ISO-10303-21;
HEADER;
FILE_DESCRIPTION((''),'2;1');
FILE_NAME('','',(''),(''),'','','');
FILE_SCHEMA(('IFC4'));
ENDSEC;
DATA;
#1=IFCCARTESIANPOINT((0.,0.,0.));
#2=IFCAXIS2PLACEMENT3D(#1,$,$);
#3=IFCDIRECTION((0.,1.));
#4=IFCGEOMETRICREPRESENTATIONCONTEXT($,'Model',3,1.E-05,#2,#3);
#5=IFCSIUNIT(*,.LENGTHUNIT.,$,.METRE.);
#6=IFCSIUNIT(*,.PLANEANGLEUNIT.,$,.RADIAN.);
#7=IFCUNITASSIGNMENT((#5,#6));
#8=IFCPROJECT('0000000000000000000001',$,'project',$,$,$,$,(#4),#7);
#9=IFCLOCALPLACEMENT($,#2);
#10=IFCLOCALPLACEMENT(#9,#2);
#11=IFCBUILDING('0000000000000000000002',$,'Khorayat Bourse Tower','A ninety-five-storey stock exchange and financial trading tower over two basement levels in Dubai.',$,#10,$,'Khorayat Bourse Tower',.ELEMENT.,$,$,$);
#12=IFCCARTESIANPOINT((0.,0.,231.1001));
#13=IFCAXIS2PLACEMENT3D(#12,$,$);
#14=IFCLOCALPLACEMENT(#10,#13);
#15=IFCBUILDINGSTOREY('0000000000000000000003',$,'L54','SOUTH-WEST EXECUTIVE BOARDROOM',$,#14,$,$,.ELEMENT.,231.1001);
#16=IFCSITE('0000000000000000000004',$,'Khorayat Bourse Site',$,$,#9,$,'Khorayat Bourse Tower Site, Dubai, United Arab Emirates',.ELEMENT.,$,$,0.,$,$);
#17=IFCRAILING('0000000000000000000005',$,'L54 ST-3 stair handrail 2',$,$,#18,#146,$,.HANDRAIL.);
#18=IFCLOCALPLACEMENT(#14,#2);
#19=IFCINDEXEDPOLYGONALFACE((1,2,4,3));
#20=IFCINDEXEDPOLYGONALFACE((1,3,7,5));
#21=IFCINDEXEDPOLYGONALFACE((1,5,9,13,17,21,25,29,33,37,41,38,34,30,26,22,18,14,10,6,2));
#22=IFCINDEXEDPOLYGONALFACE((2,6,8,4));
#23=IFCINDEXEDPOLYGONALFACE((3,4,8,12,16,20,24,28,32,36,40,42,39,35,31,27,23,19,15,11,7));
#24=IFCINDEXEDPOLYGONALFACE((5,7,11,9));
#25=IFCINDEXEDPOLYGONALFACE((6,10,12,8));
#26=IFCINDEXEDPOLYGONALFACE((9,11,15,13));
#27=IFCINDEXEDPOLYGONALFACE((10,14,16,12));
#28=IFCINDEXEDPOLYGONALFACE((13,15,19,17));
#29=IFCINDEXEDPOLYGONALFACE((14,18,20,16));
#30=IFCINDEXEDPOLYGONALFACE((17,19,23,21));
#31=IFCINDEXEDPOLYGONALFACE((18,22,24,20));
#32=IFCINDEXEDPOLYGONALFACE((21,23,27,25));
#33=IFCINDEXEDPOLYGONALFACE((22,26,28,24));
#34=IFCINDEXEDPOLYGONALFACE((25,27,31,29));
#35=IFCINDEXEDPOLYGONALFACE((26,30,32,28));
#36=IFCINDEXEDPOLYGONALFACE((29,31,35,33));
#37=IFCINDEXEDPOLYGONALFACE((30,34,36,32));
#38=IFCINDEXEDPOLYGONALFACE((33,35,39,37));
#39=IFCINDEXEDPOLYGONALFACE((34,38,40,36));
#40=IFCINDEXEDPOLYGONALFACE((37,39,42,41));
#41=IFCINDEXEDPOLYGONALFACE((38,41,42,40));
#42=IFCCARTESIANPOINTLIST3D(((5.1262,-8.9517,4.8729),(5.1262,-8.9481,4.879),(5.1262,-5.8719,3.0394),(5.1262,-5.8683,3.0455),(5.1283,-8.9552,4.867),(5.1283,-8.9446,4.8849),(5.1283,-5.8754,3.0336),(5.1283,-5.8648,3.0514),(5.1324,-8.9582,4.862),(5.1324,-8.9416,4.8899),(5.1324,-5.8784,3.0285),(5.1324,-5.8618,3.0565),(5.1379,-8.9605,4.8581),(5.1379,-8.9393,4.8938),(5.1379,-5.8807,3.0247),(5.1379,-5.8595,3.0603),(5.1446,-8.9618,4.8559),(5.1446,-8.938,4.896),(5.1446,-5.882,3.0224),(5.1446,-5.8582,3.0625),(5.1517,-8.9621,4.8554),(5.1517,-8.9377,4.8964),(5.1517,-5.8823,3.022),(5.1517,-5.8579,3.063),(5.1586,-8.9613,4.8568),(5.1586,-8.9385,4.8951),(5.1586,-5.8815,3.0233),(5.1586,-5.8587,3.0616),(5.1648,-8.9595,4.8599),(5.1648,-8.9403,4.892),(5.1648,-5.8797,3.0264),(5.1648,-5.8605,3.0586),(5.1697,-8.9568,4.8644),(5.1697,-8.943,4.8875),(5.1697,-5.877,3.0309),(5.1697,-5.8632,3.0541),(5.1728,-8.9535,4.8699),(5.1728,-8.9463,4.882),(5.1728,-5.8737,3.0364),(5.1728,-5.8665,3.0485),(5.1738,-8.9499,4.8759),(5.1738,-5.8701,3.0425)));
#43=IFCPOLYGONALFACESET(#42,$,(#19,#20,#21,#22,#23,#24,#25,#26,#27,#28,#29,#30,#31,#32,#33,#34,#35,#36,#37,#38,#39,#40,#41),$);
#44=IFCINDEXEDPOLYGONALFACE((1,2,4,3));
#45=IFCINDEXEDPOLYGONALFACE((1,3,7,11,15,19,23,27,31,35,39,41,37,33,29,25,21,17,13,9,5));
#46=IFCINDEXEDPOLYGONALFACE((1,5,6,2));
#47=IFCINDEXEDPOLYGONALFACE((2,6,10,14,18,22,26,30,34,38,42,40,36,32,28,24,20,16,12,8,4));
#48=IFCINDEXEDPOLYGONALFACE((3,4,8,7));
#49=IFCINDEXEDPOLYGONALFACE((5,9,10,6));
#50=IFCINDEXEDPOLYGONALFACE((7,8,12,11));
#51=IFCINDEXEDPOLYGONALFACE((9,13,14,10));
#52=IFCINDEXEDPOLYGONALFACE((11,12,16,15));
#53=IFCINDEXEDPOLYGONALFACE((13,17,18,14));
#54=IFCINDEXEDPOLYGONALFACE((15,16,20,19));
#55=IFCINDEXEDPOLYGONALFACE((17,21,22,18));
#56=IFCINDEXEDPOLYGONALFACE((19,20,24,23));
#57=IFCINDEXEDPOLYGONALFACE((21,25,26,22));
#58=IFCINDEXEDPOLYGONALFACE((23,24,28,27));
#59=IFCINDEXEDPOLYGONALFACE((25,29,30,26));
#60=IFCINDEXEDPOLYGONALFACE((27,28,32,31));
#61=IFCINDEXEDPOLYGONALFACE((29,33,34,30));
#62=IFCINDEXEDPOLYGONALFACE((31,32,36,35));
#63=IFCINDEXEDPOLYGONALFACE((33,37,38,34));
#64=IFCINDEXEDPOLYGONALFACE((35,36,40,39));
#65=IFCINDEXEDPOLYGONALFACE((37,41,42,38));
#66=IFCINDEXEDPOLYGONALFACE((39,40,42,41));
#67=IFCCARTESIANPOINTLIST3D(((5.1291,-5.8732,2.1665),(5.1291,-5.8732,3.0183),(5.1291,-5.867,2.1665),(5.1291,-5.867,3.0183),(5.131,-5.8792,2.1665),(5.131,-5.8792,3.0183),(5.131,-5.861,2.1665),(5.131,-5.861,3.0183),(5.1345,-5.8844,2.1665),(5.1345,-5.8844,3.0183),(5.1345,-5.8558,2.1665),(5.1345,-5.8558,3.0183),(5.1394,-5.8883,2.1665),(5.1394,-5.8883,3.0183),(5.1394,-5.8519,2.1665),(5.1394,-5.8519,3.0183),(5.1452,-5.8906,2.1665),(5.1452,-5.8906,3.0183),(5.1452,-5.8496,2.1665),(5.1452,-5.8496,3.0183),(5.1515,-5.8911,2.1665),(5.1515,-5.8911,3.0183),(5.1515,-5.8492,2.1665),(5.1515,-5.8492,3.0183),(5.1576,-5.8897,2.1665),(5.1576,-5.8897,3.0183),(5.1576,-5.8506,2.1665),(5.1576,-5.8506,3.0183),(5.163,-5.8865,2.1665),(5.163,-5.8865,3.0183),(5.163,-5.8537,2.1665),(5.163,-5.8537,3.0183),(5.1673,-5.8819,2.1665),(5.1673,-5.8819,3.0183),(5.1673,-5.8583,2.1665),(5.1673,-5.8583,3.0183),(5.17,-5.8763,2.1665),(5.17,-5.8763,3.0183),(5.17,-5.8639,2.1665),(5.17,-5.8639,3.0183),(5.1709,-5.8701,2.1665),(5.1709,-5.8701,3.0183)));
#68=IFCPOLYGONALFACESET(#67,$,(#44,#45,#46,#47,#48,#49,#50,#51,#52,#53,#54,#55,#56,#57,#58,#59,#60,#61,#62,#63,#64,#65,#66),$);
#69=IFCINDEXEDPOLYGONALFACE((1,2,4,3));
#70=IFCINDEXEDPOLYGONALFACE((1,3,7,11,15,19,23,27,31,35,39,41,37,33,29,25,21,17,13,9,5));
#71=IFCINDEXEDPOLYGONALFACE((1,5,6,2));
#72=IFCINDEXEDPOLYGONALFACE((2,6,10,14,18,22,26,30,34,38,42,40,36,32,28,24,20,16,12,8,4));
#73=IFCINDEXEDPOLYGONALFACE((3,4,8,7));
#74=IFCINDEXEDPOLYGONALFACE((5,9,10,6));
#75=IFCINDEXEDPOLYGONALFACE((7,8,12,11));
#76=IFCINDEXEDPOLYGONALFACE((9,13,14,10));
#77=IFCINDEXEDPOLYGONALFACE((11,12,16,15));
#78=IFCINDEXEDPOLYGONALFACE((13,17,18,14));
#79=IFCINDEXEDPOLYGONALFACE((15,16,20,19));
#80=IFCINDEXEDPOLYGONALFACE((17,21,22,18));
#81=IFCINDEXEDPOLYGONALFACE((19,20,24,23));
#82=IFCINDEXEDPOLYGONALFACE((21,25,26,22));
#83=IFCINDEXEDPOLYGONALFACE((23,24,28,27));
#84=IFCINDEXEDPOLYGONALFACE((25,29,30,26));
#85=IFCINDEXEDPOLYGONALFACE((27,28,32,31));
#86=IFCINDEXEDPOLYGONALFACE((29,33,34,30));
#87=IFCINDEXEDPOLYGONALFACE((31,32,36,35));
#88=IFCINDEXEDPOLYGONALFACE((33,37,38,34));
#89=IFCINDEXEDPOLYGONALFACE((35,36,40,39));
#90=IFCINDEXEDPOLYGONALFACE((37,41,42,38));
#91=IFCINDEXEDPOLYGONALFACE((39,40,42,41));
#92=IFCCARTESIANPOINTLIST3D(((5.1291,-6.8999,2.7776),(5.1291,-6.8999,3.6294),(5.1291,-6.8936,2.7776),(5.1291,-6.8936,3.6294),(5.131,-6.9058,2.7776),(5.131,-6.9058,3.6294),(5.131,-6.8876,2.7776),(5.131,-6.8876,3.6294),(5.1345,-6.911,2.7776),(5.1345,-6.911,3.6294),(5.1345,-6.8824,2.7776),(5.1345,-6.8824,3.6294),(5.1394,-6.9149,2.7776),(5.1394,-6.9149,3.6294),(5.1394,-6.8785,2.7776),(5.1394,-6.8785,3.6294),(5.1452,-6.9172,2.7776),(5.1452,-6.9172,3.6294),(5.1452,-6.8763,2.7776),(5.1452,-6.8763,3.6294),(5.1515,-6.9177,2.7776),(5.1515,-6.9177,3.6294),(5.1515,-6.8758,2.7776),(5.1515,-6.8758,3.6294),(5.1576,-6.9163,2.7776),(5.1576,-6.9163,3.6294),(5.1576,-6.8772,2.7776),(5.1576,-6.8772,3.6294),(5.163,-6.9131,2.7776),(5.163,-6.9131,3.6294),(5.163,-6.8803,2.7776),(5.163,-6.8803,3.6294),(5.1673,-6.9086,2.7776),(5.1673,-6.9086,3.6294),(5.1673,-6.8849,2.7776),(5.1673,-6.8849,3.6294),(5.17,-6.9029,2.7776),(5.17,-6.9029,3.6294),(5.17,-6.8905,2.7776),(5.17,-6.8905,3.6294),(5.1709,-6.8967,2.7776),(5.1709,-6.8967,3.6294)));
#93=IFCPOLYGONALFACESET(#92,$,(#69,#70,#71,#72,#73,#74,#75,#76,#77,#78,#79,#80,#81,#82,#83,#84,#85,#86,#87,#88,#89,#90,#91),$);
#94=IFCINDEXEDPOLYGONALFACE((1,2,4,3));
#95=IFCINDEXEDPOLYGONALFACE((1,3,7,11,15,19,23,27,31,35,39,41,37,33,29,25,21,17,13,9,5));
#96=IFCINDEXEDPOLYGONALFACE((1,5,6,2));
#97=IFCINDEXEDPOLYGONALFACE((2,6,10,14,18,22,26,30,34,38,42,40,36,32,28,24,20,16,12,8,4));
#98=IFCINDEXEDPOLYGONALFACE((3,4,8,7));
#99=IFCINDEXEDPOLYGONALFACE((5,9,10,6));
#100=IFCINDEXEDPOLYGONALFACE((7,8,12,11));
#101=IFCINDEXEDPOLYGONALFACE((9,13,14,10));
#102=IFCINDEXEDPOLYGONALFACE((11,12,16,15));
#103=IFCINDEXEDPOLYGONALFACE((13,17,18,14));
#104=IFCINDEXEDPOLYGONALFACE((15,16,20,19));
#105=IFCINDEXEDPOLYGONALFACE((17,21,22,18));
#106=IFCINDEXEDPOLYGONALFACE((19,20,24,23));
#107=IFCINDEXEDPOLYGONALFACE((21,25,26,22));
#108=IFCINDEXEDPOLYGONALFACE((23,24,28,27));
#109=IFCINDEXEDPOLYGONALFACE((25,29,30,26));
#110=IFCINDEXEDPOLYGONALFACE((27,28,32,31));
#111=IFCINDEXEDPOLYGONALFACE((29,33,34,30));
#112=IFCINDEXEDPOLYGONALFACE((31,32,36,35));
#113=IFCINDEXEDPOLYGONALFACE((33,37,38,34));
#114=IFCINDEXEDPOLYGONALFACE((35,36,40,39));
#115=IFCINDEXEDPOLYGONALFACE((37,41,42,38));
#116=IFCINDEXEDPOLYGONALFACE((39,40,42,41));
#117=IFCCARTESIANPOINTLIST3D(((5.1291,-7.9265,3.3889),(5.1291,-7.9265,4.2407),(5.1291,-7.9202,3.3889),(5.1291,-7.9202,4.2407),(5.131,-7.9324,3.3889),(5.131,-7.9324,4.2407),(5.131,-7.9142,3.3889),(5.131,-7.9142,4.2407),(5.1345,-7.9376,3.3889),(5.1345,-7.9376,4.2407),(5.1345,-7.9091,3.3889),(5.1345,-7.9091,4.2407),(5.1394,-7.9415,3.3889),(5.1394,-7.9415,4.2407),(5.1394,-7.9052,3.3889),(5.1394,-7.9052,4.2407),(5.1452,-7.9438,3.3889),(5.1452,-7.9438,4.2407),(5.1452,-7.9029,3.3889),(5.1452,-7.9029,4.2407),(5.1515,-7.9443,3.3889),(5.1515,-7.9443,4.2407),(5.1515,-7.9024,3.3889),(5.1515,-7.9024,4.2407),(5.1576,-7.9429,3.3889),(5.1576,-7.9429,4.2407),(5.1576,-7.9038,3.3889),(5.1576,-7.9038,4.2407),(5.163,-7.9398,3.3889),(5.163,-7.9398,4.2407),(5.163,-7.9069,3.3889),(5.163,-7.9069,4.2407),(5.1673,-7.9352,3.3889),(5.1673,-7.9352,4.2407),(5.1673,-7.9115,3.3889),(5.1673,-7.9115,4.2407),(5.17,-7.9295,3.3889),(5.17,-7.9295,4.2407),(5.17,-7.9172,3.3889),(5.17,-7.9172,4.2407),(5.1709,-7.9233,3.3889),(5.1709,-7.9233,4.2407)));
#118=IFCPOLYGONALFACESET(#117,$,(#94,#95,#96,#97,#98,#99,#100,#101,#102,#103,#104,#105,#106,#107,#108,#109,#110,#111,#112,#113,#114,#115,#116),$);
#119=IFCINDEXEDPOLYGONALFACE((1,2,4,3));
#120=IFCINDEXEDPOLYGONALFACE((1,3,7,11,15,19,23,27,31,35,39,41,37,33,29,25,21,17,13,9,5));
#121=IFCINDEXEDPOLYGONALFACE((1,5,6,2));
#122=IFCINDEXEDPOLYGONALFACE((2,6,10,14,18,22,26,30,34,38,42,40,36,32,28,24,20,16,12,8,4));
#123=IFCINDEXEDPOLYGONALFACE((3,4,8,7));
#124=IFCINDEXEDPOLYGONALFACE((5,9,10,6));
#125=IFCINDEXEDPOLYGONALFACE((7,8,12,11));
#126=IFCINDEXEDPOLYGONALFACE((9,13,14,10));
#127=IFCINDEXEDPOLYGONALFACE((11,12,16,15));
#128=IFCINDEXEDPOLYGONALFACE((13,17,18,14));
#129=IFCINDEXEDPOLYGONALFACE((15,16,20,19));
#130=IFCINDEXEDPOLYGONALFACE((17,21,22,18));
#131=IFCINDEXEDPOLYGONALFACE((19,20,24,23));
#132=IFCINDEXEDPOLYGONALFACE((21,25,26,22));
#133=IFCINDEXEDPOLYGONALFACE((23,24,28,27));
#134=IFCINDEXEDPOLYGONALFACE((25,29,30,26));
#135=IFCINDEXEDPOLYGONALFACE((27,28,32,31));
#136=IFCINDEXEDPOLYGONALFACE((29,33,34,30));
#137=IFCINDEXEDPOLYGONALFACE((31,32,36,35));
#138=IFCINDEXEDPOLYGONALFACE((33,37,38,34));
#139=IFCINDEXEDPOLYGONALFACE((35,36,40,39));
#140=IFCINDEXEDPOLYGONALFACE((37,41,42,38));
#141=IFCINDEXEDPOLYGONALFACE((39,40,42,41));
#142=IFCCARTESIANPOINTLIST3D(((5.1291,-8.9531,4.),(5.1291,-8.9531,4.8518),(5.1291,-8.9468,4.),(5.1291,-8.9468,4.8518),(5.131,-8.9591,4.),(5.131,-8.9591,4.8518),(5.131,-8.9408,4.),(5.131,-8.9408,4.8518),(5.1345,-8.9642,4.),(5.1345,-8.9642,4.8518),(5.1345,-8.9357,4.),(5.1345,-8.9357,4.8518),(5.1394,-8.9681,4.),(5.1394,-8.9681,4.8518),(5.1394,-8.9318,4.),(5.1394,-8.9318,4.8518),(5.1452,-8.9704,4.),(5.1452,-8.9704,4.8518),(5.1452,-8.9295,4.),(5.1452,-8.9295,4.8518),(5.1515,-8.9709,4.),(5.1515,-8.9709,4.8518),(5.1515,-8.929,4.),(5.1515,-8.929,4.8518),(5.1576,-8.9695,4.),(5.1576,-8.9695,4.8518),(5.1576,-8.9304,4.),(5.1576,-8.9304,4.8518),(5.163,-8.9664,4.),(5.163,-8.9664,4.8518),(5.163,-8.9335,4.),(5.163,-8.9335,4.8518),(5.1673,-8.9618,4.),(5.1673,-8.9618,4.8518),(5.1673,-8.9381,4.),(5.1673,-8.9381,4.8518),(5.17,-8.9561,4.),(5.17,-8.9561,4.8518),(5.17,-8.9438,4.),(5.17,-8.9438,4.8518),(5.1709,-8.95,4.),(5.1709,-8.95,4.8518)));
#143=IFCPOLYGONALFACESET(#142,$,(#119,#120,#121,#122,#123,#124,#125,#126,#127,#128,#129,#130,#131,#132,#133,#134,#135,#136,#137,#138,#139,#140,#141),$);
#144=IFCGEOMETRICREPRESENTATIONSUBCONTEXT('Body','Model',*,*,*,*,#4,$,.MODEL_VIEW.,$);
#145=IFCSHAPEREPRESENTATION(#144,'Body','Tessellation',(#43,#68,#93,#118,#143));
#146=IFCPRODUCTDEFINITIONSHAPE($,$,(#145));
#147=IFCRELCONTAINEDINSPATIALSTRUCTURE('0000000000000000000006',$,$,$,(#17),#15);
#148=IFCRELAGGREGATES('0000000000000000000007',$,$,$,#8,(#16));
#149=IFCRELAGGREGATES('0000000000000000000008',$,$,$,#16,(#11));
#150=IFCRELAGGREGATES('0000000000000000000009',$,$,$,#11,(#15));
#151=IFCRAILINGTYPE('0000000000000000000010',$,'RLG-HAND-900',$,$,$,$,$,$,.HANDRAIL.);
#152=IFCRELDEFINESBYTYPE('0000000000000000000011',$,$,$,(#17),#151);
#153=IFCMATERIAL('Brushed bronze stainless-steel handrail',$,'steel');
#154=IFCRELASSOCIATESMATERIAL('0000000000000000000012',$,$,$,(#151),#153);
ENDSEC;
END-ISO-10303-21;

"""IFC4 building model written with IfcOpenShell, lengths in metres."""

from ifc_helpers import new_model, si_unit, direction, frame, origin, origin_2d, place, context, subcontext, project, spatial, circle, extrude, source, transform, mapped, material, type_object, element, save


model = new_model("IFC4")

# Units and contexts
model_context = context("Model", 3, precision=1e-05, world=origin(), true_north=direction((0.0, 1.0)))
body_context = subcontext(model_context, "Body", "Model", "MODEL_VIEW")
ifc_project = project(units=[si_unit("LENGTHUNIT", "METRE"), si_unit("PLANEANGLEUNIT", "RADIAN")], contexts=[model_context])

# Site, building, storey
site_placement = place(None, origin())
site = spatial("IfcSite", under=ifc_project, at=site_placement, Name="Khorayat Bourse Site", LongName="Khorayat Bourse Tower Site, Dubai, United Arab Emirates", CompositionType="ELEMENT", RefElevation=0.0)
building_placement = place(site_placement, origin())
building = spatial("IfcBuilding", under=site, at=building_placement, Name="Khorayat Bourse Tower", Description="A ninety-five-storey stock exchange and financial trading tower over two basement levels in Dubai.", LongName="Khorayat Bourse Tower", CompositionType="ELEMENT")
storey_placement = place(building_placement, frame((0.0, 0.0, 231.1001)))
storey = spatial("IfcBuildingStorey", under=building, at=storey_placement, Name="L54", Description="SOUTH-WEST EXECUTIVE BOARDROOM", CompositionType="ELEMENT", Elevation=231.1001)

# Railing
ifc_material_1 = material(Name="Brushed bronze stainless-steel handrail", Category="steel")
railing_type_1 = type_object("IfcRailingType", Name="RLG-HAND-900", PredefinedType="HANDRAIL", material=ifc_material_1)
shared_shape_1 = source(origin(), body_context, "Body", "SweptSolid", [
    extrude(circle(Radius=0.0239, at=origin_2d()), frame((0.0, 0.0, 0.876), z_axis=(0.0, -0.859261, 0.511538), x_axis=(1.0, 0.0, 0.0)), (0.0, 0.0, 1.0), 3.5842),
    extrude(circle(Radius=0.021, at=origin_2d()), origin(), (0.0, 0.0, 1.0), 0.8518),
    extrude(circle(Radius=0.021, at=origin_2d()), frame((0.0, -1.0266, 0.6111)), (0.0, 0.0, 1.0), 0.8518),
    extrude(circle(Radius=0.021, at=origin_2d()), frame((0.0, -2.0532, 1.2224)), (0.0, 0.0, 1.0), 0.8518),
    extrude(circle(Radius=0.021, at=origin_2d()), frame((0.0, -3.0798, 1.8335)), (0.0, 0.0, 1.0), 0.8518),
])
railing_1_placement = place(storey_placement, frame((5.1499, -5.8701, 2.1665)))
element("IfcRailing", 1, at=railing_1_placement, inside=storey, type_object=railing_type_1, Name="L54 ST-3 stair handrail 2", PredefinedType="HANDRAIL", context=body_context, shape_type="MappedRepresentation", body=[
    mapped(shared_shape_1, transform((0.0, 0.0, 0.0), scale=1.0)),
])

save(model, "model.ifc")
